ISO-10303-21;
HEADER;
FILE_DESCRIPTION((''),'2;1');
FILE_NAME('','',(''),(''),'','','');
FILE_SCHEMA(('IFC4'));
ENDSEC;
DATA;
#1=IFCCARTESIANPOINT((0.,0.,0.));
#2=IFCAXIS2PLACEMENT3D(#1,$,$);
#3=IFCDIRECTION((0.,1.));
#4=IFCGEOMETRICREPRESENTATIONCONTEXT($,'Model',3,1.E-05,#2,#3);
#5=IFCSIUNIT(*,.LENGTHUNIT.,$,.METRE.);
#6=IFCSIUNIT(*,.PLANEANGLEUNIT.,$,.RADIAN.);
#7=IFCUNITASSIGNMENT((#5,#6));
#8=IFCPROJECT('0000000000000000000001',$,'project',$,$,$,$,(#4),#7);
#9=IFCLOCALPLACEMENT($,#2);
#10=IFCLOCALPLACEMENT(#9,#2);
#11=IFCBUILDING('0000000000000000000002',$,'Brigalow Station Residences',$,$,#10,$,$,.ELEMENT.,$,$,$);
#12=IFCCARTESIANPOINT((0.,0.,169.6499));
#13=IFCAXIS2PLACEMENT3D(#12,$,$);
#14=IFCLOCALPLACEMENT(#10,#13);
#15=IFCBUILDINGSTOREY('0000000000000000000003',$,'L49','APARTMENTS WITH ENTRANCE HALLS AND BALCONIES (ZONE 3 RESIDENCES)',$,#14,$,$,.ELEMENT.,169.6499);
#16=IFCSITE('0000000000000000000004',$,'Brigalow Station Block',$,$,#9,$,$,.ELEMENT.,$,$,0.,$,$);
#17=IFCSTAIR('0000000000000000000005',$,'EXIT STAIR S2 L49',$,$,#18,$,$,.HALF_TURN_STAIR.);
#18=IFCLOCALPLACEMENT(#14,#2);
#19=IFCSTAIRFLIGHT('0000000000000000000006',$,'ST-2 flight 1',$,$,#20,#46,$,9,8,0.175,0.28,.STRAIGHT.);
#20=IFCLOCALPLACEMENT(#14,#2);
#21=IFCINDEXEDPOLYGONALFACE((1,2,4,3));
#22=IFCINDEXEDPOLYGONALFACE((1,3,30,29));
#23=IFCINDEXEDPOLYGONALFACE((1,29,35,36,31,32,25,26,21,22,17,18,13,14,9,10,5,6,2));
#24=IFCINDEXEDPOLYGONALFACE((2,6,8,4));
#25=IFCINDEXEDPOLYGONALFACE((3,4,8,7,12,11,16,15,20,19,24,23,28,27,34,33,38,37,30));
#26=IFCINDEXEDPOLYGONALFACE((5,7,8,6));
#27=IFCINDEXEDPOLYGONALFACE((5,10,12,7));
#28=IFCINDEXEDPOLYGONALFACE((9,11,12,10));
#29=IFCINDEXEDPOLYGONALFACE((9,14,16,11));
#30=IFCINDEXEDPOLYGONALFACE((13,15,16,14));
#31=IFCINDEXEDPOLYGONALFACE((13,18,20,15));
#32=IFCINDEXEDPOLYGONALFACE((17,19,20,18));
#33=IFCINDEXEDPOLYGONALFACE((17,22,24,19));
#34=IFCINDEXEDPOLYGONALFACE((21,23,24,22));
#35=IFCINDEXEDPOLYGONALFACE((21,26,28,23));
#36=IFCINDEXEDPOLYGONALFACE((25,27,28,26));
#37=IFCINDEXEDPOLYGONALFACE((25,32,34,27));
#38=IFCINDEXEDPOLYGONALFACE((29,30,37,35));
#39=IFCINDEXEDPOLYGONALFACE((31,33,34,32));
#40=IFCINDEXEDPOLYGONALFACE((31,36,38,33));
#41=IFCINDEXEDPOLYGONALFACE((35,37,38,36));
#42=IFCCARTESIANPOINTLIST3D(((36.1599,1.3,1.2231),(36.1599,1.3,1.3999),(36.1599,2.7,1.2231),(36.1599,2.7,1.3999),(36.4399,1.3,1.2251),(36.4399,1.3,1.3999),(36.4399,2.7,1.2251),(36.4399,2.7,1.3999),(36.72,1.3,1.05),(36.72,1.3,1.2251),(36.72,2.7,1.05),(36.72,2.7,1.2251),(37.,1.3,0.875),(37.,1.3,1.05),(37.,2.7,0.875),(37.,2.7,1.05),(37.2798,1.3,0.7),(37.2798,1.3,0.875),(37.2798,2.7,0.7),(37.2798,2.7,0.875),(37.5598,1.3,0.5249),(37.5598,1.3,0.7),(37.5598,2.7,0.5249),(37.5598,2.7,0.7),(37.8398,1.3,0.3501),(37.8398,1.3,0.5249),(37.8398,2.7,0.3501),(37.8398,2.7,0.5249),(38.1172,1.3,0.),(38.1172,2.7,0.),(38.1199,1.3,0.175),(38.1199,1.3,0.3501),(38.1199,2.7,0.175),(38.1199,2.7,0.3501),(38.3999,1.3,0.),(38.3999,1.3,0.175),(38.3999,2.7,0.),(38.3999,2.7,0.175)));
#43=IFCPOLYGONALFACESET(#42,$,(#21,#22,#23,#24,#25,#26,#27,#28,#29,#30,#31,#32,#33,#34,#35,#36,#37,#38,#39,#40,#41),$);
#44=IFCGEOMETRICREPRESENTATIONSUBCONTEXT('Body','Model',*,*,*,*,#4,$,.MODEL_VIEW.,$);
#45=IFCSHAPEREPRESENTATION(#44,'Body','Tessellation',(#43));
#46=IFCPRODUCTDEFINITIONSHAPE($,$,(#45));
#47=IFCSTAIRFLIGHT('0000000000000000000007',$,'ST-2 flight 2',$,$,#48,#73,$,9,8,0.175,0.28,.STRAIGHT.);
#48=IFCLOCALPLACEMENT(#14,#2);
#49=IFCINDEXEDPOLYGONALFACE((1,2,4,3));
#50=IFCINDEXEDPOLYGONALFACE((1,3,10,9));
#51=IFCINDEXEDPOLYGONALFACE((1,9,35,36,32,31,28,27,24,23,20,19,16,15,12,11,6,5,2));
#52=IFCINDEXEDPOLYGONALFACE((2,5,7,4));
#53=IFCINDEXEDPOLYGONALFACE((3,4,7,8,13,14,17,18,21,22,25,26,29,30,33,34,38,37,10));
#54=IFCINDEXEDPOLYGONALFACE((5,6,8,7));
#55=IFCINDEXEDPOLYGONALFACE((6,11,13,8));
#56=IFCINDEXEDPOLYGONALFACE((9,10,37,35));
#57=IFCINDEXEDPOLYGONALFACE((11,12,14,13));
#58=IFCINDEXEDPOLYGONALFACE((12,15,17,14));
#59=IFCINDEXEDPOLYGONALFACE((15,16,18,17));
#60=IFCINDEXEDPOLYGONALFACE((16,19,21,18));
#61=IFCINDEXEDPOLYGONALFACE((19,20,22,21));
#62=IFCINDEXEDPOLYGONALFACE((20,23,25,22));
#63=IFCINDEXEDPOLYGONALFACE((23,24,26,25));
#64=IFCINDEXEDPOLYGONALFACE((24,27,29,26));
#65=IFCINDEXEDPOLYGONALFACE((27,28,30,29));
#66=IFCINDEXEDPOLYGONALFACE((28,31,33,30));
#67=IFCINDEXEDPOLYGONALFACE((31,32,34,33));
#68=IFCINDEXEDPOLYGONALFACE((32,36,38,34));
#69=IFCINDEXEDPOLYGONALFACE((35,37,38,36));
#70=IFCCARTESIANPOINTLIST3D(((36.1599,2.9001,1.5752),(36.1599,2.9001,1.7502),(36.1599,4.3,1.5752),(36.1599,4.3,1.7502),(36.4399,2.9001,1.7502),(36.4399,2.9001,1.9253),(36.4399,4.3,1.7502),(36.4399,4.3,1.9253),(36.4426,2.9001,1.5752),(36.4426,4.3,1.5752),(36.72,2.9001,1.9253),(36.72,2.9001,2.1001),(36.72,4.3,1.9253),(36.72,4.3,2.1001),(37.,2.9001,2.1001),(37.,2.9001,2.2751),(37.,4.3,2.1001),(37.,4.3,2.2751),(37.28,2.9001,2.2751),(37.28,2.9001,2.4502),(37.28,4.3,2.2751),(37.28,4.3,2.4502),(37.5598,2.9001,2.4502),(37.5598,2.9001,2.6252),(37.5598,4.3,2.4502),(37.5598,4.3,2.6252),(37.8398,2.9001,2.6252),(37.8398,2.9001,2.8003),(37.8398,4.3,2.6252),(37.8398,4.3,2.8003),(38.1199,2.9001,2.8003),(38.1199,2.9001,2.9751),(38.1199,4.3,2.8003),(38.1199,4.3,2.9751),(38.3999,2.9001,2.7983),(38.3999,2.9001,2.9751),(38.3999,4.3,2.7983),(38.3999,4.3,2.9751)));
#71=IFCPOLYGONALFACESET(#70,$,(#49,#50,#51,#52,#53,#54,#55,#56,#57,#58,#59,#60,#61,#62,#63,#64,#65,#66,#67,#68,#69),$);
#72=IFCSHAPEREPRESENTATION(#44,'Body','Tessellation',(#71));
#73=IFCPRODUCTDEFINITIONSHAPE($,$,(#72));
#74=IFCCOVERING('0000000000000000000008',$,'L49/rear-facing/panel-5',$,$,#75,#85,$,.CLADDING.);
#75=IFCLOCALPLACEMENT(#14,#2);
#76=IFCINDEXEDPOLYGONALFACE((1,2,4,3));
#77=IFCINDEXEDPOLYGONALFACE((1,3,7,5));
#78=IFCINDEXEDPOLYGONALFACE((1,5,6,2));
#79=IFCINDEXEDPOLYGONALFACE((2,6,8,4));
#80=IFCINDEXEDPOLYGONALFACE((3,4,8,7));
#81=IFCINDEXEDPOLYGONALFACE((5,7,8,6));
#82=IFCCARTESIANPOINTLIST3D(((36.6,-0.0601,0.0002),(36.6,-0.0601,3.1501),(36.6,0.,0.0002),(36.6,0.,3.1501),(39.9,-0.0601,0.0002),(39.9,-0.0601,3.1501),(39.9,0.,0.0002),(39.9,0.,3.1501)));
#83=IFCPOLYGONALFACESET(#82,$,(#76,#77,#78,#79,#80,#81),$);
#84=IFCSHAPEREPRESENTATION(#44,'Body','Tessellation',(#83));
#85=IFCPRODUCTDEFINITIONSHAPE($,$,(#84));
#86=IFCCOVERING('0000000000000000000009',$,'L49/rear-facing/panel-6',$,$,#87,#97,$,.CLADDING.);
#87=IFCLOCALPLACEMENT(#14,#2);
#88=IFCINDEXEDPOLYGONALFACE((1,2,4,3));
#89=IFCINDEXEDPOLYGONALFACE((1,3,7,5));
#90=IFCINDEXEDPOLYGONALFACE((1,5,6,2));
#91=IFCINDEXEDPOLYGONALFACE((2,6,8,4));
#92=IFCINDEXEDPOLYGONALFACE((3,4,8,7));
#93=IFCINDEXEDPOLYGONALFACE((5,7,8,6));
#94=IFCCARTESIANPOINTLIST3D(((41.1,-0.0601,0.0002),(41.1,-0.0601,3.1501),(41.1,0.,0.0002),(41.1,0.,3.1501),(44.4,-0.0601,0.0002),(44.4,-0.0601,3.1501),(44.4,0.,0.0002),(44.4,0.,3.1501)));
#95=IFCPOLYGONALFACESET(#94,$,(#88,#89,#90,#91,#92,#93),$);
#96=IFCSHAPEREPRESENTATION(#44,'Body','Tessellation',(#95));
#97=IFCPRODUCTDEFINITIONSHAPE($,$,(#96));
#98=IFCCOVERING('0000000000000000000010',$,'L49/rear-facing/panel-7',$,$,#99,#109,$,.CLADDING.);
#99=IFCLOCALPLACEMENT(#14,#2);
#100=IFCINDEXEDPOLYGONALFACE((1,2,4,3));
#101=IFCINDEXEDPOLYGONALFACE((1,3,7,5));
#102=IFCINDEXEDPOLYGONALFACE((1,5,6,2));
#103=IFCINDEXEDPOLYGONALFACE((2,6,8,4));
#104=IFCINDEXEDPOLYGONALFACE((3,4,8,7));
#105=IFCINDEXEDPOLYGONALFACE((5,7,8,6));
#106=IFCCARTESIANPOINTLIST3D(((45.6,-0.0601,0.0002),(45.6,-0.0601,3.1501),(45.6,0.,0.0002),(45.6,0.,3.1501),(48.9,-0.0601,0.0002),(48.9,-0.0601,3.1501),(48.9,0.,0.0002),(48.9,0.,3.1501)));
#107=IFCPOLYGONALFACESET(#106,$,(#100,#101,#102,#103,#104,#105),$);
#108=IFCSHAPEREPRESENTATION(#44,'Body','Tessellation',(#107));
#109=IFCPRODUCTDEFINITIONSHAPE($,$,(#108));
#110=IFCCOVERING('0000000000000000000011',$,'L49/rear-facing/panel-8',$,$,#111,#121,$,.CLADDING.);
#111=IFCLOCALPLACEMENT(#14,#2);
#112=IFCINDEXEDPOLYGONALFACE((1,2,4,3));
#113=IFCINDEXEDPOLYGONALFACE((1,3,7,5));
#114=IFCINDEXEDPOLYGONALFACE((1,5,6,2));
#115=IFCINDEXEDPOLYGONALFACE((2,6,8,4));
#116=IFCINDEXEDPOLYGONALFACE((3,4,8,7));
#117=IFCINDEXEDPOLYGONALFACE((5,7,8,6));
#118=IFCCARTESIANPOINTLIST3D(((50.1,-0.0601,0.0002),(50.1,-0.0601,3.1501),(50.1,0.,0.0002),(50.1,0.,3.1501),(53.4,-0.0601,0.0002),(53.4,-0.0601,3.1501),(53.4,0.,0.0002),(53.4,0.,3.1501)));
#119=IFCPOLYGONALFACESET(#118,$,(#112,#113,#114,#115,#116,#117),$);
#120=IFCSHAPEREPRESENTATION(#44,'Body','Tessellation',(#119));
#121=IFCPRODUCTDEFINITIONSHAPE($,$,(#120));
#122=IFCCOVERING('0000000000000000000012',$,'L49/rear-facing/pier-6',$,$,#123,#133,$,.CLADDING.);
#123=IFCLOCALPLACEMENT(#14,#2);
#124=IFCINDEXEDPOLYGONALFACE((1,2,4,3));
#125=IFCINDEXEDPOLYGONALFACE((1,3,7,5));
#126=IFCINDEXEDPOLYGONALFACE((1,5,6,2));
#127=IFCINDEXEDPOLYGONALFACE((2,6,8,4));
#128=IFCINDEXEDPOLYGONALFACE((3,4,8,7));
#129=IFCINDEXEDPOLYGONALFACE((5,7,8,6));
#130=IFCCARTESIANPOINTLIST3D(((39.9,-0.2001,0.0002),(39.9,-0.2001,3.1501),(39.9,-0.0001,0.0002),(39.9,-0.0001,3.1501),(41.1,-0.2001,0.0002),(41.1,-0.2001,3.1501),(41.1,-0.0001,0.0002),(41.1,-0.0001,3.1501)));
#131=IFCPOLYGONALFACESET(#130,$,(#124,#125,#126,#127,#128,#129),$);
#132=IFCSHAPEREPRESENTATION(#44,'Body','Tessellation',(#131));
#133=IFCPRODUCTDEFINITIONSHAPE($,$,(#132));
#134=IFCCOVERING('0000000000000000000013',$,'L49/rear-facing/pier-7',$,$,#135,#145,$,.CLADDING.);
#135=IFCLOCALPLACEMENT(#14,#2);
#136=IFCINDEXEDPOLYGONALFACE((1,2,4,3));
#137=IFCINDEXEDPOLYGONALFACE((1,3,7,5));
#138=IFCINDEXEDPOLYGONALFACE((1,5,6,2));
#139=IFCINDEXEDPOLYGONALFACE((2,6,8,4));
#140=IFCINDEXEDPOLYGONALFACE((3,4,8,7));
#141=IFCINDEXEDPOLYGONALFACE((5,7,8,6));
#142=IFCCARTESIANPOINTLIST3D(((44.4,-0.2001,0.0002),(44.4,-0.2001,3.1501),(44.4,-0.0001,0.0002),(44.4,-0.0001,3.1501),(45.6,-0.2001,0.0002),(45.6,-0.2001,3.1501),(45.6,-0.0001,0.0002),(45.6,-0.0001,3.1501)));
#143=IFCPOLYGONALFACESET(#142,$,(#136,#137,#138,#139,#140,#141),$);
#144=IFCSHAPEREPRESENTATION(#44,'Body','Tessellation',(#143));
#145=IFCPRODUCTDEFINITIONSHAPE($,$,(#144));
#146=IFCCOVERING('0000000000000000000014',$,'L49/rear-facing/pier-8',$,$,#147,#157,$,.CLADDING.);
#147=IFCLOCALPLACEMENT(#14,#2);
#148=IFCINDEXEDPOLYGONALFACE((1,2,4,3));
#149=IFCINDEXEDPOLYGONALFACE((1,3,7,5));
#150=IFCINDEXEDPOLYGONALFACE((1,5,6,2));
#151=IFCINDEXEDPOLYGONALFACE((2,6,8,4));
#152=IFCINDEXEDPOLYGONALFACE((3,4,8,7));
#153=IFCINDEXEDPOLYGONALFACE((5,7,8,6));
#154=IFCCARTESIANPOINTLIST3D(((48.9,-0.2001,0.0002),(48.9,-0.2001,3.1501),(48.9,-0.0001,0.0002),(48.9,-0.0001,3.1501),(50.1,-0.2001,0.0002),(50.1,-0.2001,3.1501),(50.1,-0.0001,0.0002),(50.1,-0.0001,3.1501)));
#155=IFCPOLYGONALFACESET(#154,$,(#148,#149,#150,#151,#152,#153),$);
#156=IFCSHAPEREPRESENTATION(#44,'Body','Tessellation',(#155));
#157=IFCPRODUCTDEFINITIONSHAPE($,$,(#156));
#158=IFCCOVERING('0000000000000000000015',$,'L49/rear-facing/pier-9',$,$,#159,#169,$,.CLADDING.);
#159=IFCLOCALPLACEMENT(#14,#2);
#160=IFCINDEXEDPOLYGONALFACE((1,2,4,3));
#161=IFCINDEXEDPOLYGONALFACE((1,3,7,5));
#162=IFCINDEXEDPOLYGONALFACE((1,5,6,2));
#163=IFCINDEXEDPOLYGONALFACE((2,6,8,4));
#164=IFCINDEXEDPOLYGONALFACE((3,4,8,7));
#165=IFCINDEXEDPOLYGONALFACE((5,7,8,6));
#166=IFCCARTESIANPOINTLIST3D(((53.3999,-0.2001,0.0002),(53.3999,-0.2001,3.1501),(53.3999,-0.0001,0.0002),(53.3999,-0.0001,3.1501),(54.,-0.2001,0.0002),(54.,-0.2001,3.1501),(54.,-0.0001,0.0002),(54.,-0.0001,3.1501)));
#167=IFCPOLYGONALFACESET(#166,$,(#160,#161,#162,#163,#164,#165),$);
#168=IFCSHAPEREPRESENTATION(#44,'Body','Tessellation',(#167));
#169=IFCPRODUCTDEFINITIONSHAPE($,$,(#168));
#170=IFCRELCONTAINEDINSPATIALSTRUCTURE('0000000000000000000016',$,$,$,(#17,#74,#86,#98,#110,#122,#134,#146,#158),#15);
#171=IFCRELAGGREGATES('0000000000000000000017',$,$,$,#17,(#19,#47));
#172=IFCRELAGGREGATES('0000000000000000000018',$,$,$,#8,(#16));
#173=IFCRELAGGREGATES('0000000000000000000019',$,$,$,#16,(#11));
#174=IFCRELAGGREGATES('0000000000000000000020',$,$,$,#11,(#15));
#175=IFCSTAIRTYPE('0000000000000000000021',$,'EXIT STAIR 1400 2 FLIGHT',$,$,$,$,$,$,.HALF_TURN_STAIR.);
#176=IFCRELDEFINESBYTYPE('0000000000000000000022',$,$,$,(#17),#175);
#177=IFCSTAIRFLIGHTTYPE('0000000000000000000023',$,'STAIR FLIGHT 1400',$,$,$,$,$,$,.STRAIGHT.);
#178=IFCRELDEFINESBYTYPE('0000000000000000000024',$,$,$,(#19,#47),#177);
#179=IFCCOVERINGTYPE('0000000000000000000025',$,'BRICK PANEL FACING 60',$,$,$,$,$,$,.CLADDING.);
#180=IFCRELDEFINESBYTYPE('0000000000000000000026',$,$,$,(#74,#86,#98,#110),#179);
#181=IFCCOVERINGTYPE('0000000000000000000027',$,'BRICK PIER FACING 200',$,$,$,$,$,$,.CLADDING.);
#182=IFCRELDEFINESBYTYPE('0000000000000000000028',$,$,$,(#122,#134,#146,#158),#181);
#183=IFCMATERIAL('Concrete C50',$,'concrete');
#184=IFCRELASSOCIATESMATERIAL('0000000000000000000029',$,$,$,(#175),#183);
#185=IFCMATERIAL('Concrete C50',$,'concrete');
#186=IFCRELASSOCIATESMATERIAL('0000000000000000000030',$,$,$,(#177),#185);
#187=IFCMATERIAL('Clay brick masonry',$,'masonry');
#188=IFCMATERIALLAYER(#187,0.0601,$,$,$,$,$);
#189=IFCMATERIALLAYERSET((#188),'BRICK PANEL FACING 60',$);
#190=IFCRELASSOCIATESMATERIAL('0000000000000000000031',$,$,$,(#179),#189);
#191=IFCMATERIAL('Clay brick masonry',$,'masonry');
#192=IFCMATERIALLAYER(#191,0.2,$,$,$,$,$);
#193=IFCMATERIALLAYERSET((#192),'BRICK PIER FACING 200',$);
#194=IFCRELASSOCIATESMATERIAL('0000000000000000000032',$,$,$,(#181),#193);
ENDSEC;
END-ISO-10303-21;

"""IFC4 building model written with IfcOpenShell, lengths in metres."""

from ifc_helpers import new_model, si_unit, direction, frame, origin, origin_2d, place, context, subcontext, project, spatial, polyline, rectangle, outline, extrude, material, layer, layer_set, type_object, element, aggregate, save


model = new_model("IFC4")

# Units and contexts
model_context = context("Model", 3, precision=1e-05, world=origin(), true_north=direction((0.0, 1.0)))
body_context = subcontext(model_context, "Body", "Model", "MODEL_VIEW")
ifc_project = project(units=[si_unit("LENGTHUNIT", "METRE"), si_unit("PLANEANGLEUNIT", "RADIAN")], contexts=[model_context])

# Site, building, storey
site_placement = place(None, origin())
site = spatial("IfcSite", under=ifc_project, at=site_placement, Name="Brigalow Station Block", CompositionType="ELEMENT", RefElevation=0.0)
building_placement = place(site_placement, origin())
building = spatial("IfcBuilding", under=site, at=building_placement, Name="Brigalow Station Residences", CompositionType="ELEMENT")
storey_placement = place(building_placement, frame((0.0, 0.0, 169.6499)))
storey = spatial("IfcBuildingStorey", under=building, at=storey_placement, Name="L49", Description="APARTMENTS WITH ENTRANCE HALLS AND BALCONIES (ZONE 3 RESIDENCES)", CompositionType="ELEMENT", Elevation=169.6499)

# Stair, stair flights
ifc_material_1 = material(Name="Concrete C50", Category="concrete")
stair_type = type_object("IfcStairType", Name="EXIT STAIR 1400 2 FLIGHT", PredefinedType="HALF_TURN_STAIR", material=ifc_material_1)
stair_placement = place(storey_placement, origin())
stair = element("IfcStair", 1, at=stair_placement, inside=storey, type_object=stair_type, Name="EXIT STAIR S2 L49", PredefinedType="HALF_TURN_STAIR")
ifc_material_2 = material(Name="Concrete C50", Category="concrete")
stair_flight_type = type_object("IfcStairFlightType", Name="STAIR FLIGHT 1400", PredefinedType="STRAIGHT", material=ifc_material_2)
stair_flight_1_placement = place(storey_placement, frame((38.3999, 2.0, 0.0), z_axis=(0.0, 0.0, 1.0), x_axis=(-1.0, 0.0, 0.0)))
stair_flight_1 = element("IfcStairFlight", 2, at=stair_flight_1_placement, type_object=stair_flight_type, Name="ST-2 flight 1", NumberOfRisers=9, NumberOfTreads=8, PredefinedType="STRAIGHT", RiserHeight=0.175, TreadLength=0.28, context=body_context, shape_type="SweptSolid", body=[
    extrude(outline(polyline([(0.0, 0.0), (0.0, 0.175), (0.28, 0.175), (0.28, 0.3501), (0.5601, 0.3501), (0.5601, 0.5249), (0.8401, 0.5249), (0.8401, 0.7), (1.1201, 0.7), (1.1201, 0.875), (1.3999, 0.875), (1.3999, 1.05), (1.6799, 1.05), (1.6799, 1.2251), (1.96, 1.2251), (1.96, 1.3999), (2.24, 1.3999), (2.24, 1.575), (2.24, 1.2231), (0.2827, 0.0), (0.0, 0.0)])), frame((0.0, 0.7, 0.0), z_axis=(0.0, -1.0, 0.0), x_axis=(1.0, 0.0, 0.0)), (0.0, 0.0, 1.0), 1.3999),
])
stair_flight_2_placement = place(storey_placement, frame((36.1599, 3.6001, 1.5752), z_axis=(0.0, 0.0, 1.0), x_axis=(1.0, 0.0, 0.0)))
stair_flight_2 = element("IfcStairFlight", 3, at=stair_flight_2_placement, type_object=stair_flight_type, Name="ST-2 flight 2", NumberOfRisers=9, NumberOfTreads=8, PredefinedType="STRAIGHT", RiserHeight=0.175, TreadLength=0.28, context=body_context, shape_type="SweptSolid", body=[
    extrude(outline(polyline([(0.0, 0.0), (0.0, 0.175), (0.28, 0.175), (0.28, 0.3501), (0.5601, 0.3501), (0.5601, 0.5249), (0.8401, 0.5249), (0.8401, 0.7), (1.1201, 0.7), (1.1201, 0.875), (1.3999, 0.875), (1.3999, 1.05), (1.6799, 1.05), (1.6799, 1.2251), (1.96, 1.2251), (1.96, 1.3999), (2.24, 1.3999), (2.24, 1.575), (2.24, 1.2231), (0.2827, 0.0), (0.0, 0.0)])), frame((0.0, 0.7, 0.0), z_axis=(0.0, -1.0, 0.0), x_axis=(1.0, 0.0, 0.0)), (0.0, 0.0, 1.0), 1.3999),
])
aggregate(stair, [stair_flight_1, stair_flight_2])

# Coverings
ifc_material_3 = material(Name="Clay brick masonry", Category="masonry")
ifc_layer_1 = layer(ifc_material_3, 0.0601)
ifc_layer_set_1 = layer_set([ifc_layer_1], Name="BRICK PANEL FACING 60")
covering_type_1 = type_object("IfcCoveringType", Name="BRICK PANEL FACING 60", PredefinedType="CLADDING", material=ifc_layer_set_1)
for number, where, z_axis, x_axis, name in (
    (4, (38.25, -0.03, 0.0002), (0.0, 0.0, 1.0), (1.0, 0.0, 0.0), "L49/rear-facing/panel-5"),
    (5, (42.75, -0.03, 0.0002), (0.0, 0.0, 1.0), (1.0, 0.0, 0.0), "L49/rear-facing/panel-6"),
    (6, (47.25, -0.03, 0.0002), (0.0, 0.0, 1.0), (1.0, 0.0, 0.0), "L49/rear-facing/panel-7"),
    (7, (51.75, -0.03, 0.0002), (0.0, 0.0, 1.0), (1.0, 0.0, 0.0), "L49/rear-facing/panel-8"),
):
    element("IfcCovering", number, at=place(storey_placement, frame(where, z_axis=z_axis, x_axis=x_axis)), inside=storey, type_object=covering_type_1, Name=name, PredefinedType="CLADDING", context=body_context, shape_type="SweptSolid", body=[
        extrude(rectangle(XDim=3.3, YDim=0.0601, at=origin_2d()), origin(), (0.0, 0.0, 1.0), 3.1499),
    ])
ifc_material_4 = material(Name="Clay brick masonry", Category="masonry")
ifc_layer_2 = layer(ifc_material_4, 0.2)
ifc_layer_set_2 = layer_set([ifc_layer_2], Name="BRICK PIER FACING 200")
covering_type_2 = type_object("IfcCoveringType", Name="BRICK PIER FACING 200", PredefinedType="CLADDING", material=ifc_layer_set_2)
for number, where, z_axis, x_axis, name in (
    (8, (40.5, -0.1001, 0.0002), (0.0, 0.0, 1.0), (1.0, 0.0, 0.0), "L49/rear-facing/pier-6"),
    (9, (45.0, -0.1001, 0.0002), (0.0, 0.0, 1.0), (1.0, 0.0, 0.0), "L49/rear-facing/pier-7"),
    (10, (49.5, -0.1001, 0.0002), (0.0, 0.0, 1.0), (1.0, 0.0, 0.0), "L49/rear-facing/pier-8"),
):
    element("IfcCovering", number, at=place(storey_placement, frame(where, z_axis=z_axis, x_axis=x_axis)), inside=storey, type_object=covering_type_2, Name=name, PredefinedType="CLADDING", context=body_context, shape_type="SweptSolid", body=[
        extrude(rectangle(XDim=1.2, YDim=0.2, at=origin_2d()), origin(), (0.0, 0.0, 1.0), 3.1499),
    ])
covering_placement = place(storey_placement, frame((53.7, -0.1001, 0.0002), z_axis=(0.0, 0.0, 1.0), x_axis=(1.0, 0.0, 0.0)))
element("IfcCovering", 11, at=covering_placement, inside=storey, type_object=covering_type_2, Name="L49/rear-facing/pier-9", PredefinedType="CLADDING", context=body_context, shape_type="SweptSolid", body=[
    extrude(rectangle(XDim=0.6001, YDim=0.2, at=origin_2d()), origin(), (0.0, 0.0, 1.0), 3.1499),
])

save(model, "model.ifc")
